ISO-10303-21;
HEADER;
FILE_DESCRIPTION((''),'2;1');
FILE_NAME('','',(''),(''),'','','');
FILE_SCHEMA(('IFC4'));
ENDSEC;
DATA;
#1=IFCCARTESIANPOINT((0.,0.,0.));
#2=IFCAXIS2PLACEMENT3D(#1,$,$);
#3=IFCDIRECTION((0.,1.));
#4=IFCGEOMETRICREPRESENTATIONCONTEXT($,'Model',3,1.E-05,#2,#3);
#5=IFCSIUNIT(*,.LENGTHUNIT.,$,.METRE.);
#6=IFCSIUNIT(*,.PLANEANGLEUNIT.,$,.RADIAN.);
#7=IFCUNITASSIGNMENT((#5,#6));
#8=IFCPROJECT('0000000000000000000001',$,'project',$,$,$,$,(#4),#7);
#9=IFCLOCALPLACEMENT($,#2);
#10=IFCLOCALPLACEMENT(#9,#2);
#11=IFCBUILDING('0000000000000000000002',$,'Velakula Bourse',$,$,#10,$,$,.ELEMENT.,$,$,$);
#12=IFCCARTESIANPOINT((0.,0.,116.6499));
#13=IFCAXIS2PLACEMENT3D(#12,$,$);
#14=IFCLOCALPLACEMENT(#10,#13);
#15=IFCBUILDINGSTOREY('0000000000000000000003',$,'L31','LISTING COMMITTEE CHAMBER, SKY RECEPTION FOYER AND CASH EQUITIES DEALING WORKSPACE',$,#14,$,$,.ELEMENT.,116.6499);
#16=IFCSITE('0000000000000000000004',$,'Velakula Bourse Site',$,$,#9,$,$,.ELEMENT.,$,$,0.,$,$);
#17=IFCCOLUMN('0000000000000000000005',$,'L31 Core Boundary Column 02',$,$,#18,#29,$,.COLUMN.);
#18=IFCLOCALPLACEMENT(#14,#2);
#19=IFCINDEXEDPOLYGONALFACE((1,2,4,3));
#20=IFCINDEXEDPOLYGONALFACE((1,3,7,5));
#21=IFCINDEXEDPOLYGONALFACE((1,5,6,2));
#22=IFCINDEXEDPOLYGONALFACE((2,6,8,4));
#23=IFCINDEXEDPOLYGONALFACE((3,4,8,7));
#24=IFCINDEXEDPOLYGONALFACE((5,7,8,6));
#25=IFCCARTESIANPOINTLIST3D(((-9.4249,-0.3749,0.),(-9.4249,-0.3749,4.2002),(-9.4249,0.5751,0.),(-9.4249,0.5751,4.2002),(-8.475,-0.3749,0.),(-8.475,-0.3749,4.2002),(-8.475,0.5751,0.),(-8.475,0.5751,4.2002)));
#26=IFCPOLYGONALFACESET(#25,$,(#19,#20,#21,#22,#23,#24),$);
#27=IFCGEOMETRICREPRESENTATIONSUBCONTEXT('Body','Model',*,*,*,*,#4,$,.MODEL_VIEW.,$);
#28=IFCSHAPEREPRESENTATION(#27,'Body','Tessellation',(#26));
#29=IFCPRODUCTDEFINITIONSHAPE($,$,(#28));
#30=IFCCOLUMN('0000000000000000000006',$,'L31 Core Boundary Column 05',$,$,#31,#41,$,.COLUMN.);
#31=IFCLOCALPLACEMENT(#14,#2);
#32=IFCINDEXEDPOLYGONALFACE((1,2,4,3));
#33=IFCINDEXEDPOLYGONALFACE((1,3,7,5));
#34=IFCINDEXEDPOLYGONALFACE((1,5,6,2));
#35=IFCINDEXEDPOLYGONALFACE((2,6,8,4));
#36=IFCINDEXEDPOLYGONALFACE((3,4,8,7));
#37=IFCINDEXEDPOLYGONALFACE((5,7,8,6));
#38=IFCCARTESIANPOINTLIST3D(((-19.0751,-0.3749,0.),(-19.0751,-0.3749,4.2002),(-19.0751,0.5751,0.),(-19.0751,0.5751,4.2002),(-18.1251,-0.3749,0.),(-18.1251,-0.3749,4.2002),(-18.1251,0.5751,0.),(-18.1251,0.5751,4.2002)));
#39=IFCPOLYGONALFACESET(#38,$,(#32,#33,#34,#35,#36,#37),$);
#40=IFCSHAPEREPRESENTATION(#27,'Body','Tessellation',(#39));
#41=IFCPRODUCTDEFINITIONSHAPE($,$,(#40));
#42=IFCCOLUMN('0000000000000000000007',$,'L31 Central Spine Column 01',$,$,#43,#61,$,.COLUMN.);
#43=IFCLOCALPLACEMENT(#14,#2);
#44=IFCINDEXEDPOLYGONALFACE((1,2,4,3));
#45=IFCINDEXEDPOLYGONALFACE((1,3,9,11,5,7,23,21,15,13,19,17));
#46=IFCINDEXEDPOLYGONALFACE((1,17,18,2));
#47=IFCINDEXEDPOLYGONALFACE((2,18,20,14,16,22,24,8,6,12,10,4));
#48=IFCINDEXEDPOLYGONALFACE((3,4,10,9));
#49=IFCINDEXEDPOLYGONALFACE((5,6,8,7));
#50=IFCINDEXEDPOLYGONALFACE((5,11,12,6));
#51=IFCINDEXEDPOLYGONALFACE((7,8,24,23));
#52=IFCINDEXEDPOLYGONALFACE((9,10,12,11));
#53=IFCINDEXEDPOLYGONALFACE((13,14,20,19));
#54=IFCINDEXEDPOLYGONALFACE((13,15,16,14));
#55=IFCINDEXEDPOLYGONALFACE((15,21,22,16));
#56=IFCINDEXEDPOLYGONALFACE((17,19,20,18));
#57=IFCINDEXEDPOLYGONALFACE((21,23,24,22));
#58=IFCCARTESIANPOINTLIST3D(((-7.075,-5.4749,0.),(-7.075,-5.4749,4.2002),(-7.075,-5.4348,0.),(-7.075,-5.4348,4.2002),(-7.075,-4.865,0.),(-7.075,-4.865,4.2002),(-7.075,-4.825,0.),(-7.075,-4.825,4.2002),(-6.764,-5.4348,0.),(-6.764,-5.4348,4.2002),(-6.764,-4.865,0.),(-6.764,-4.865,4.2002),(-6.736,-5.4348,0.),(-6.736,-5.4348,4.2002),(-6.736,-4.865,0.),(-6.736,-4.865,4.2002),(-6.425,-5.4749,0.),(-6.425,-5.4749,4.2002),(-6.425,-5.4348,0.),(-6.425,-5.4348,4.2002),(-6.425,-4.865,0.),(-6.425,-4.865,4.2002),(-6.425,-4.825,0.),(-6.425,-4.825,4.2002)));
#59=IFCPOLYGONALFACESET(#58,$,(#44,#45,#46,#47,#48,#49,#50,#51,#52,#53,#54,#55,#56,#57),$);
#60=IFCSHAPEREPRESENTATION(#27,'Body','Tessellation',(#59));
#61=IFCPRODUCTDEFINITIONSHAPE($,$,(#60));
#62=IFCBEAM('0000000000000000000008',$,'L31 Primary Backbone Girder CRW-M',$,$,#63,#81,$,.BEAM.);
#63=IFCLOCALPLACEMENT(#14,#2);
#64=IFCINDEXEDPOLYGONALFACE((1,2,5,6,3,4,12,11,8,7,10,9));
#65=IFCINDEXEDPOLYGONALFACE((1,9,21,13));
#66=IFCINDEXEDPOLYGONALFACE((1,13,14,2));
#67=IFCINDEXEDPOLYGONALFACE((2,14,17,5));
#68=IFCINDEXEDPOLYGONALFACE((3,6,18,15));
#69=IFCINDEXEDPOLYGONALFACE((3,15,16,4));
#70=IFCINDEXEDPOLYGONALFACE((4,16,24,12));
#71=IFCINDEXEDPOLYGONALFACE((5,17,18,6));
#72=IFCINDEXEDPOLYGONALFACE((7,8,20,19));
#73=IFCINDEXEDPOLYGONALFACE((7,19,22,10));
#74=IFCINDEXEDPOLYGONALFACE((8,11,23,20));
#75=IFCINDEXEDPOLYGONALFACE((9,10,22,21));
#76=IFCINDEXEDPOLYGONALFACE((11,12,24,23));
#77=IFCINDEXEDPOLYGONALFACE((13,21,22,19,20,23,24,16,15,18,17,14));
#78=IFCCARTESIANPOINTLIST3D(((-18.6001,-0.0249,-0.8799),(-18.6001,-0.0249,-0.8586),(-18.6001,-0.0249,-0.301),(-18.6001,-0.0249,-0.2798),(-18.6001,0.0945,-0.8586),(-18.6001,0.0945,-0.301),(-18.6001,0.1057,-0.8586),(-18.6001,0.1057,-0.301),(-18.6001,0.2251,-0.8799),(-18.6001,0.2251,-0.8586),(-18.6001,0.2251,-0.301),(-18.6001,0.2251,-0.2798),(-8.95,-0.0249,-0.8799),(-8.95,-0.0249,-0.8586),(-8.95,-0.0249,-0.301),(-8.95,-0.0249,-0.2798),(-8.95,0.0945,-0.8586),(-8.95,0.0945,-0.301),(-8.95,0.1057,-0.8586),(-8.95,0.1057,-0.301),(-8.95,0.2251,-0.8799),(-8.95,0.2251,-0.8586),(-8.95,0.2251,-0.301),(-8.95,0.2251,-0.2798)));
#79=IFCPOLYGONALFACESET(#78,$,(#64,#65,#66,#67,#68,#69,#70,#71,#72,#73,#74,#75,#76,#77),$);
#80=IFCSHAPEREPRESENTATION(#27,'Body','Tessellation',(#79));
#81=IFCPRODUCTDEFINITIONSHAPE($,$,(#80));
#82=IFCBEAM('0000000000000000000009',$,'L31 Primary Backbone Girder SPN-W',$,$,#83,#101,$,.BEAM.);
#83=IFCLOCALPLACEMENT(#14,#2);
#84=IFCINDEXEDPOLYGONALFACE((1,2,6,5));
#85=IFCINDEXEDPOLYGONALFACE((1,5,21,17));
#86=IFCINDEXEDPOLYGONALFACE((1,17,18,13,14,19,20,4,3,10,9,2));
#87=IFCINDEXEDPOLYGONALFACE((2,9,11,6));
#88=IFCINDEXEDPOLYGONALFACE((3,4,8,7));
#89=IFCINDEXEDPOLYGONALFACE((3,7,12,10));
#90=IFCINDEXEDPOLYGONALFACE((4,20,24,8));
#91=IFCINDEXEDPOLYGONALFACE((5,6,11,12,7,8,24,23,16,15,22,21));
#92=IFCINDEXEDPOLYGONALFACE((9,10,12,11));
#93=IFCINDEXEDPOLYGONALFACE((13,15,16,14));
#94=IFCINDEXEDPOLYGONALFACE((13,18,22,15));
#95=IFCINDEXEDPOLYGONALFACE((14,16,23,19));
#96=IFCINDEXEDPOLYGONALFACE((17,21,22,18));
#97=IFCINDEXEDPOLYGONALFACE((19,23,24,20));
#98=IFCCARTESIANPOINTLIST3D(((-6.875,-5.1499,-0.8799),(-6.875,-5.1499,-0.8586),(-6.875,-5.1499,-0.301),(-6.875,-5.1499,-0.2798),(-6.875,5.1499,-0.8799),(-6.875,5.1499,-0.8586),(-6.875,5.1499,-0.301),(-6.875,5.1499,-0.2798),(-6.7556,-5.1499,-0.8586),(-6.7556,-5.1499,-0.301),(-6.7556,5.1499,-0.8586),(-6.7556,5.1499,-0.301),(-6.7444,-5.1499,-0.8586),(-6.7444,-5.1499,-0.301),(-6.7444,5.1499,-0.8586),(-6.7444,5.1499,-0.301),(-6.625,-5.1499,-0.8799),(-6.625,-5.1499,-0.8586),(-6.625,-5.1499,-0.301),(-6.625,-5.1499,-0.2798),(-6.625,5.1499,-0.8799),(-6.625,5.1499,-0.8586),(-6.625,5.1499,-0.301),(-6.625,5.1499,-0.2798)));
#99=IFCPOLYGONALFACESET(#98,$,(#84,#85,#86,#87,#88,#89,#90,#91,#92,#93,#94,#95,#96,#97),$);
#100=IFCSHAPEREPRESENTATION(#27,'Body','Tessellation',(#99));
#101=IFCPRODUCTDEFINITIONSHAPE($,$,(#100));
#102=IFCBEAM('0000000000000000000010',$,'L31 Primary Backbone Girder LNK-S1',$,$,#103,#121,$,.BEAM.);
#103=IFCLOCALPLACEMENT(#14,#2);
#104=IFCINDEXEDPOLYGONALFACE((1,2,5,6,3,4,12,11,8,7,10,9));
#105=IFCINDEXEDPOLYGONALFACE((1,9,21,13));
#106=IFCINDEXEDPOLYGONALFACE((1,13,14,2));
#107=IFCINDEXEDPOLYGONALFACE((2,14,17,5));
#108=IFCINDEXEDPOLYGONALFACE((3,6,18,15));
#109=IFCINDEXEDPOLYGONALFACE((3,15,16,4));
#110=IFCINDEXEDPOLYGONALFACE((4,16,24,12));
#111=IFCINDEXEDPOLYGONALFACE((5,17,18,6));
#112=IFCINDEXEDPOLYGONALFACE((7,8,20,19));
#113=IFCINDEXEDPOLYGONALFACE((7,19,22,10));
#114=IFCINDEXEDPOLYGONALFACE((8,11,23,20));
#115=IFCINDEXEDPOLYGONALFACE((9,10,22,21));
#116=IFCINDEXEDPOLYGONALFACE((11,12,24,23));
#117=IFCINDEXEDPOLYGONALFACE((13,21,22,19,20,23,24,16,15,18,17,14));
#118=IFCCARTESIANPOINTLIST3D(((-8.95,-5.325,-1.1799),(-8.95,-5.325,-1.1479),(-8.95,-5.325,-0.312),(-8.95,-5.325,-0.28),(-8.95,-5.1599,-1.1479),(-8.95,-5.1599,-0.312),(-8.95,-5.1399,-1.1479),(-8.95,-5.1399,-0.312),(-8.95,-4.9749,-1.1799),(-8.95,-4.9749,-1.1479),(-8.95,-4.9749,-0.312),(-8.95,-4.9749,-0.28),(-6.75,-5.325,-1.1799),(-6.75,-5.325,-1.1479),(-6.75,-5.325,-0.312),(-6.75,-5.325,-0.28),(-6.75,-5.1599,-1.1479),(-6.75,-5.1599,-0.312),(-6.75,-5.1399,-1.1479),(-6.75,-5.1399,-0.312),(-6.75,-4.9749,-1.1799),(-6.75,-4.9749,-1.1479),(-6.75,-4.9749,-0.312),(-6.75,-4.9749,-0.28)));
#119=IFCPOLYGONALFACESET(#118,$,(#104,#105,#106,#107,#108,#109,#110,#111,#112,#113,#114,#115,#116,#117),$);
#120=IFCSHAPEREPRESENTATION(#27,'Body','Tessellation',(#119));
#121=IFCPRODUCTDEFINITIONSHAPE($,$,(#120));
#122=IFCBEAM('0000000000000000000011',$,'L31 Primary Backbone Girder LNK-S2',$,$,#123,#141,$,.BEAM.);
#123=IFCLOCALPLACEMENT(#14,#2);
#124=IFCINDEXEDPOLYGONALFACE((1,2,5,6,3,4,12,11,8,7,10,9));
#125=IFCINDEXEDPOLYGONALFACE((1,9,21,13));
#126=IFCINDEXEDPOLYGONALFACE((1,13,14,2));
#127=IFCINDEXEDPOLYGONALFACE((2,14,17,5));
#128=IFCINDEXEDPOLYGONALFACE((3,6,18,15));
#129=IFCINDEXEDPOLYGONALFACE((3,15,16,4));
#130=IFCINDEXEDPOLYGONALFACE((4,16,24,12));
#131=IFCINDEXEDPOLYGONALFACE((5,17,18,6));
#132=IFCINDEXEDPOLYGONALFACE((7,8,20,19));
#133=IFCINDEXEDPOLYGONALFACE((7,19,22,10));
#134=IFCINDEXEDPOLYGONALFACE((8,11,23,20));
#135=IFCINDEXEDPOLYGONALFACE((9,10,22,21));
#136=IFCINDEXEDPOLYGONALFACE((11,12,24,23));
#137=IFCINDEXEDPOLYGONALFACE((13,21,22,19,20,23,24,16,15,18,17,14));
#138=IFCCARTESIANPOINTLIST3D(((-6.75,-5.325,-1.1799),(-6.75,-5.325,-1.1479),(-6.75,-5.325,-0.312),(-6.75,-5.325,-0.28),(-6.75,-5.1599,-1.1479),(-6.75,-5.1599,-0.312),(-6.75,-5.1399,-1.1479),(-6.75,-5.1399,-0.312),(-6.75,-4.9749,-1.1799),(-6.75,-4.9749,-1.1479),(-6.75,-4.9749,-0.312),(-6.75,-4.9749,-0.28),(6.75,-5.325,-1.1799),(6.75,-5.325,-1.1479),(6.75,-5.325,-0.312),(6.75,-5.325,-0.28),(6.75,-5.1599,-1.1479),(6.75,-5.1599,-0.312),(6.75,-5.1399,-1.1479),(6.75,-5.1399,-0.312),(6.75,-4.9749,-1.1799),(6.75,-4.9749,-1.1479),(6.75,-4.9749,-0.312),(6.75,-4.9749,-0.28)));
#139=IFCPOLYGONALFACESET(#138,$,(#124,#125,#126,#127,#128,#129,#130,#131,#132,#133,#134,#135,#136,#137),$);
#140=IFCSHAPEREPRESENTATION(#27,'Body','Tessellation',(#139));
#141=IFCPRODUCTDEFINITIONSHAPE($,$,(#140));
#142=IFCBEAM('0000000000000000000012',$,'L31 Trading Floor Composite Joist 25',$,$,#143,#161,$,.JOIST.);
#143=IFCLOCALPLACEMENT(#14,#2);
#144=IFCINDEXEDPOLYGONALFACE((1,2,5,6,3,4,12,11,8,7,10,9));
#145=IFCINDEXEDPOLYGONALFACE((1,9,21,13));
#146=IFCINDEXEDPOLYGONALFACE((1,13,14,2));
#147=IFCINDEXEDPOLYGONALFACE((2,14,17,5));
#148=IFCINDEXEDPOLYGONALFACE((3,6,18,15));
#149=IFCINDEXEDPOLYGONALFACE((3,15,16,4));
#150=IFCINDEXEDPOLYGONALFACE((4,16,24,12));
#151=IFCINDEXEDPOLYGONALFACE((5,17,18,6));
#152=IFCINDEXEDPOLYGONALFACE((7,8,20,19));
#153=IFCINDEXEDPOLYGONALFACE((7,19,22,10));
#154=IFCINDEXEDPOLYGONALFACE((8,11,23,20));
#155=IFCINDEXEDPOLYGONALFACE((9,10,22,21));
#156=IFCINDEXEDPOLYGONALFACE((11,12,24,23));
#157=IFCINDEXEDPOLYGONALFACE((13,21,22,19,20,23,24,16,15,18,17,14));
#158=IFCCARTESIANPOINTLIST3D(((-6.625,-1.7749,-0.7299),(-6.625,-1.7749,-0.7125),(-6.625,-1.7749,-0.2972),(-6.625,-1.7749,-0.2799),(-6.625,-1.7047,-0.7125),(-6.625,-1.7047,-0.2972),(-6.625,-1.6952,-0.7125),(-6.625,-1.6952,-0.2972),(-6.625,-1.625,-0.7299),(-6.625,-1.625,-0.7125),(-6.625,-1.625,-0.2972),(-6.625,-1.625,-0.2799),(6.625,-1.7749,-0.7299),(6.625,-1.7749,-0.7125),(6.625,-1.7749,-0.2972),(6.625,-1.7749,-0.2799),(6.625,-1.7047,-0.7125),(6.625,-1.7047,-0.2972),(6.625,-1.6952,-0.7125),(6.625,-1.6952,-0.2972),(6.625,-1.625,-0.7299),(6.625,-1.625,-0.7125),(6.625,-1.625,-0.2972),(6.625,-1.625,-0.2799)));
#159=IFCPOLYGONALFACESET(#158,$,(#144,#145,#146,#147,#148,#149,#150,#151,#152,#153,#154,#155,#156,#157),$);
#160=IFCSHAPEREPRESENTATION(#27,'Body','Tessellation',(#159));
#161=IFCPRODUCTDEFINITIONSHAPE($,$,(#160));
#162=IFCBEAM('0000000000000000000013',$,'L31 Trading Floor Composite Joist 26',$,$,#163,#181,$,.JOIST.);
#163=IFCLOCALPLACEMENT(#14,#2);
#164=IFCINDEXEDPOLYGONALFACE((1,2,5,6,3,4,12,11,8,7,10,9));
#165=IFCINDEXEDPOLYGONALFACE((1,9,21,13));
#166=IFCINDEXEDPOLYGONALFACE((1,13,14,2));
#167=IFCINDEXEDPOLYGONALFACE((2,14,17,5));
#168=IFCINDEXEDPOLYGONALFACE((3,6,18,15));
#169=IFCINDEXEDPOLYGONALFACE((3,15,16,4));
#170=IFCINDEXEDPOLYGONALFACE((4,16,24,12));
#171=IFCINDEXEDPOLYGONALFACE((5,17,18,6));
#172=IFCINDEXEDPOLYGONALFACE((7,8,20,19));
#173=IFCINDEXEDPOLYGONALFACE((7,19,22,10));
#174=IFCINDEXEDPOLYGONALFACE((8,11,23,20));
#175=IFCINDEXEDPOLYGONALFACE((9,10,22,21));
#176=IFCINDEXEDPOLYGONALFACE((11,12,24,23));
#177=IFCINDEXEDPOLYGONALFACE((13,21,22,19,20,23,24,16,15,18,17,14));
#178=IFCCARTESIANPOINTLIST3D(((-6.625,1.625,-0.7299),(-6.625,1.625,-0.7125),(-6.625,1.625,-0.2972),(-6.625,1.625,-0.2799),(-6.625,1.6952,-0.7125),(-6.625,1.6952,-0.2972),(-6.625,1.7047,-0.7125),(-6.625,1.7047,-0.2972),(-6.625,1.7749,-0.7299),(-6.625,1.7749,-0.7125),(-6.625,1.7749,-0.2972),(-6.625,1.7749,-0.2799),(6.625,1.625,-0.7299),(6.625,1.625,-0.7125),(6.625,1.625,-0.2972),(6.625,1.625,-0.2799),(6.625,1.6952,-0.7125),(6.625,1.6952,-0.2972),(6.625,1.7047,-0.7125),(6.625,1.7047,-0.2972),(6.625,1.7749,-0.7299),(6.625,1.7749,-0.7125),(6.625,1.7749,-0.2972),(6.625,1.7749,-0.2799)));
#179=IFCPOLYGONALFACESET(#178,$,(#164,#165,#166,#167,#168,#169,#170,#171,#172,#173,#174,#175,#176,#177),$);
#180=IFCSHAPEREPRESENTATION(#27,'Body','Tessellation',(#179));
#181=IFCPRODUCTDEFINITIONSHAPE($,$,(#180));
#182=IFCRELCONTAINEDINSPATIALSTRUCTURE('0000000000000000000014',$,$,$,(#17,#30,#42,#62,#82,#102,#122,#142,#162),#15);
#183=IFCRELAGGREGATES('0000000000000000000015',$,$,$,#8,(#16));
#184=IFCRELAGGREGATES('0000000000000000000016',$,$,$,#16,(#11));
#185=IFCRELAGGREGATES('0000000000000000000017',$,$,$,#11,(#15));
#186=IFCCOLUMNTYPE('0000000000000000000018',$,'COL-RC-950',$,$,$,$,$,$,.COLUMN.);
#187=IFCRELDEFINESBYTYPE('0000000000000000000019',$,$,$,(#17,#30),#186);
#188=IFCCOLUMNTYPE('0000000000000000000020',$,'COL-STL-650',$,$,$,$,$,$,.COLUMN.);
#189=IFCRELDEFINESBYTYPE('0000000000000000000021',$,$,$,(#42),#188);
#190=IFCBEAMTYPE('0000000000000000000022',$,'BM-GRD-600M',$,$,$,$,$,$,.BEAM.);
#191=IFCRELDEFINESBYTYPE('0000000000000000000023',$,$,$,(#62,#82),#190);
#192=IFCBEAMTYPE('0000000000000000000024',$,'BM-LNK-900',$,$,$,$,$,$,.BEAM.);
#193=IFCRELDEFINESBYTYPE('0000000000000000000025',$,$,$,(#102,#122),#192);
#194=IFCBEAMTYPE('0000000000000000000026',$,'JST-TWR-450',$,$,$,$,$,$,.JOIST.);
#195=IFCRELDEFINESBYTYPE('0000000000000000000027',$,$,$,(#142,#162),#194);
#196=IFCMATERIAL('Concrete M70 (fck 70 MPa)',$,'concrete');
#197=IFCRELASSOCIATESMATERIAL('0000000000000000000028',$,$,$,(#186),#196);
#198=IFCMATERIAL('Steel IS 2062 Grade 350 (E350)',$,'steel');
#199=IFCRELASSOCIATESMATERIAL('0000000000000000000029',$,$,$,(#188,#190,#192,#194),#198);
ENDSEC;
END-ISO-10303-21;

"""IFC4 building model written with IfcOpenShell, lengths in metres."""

from ifc_helpers import new_model, si_unit, direction, frame, origin, origin_2d, place, context, subcontext, project, spatial, rectangle, i_section, extrude, material, material_profile, profile_set, type_object, element, save


model = new_model("IFC4")

# Units and contexts
model_context = context("Model", 3, precision=1e-05, world=origin(), true_north=direction((0.0, 1.0)))
body_context = subcontext(model_context, "Body", "Model", "MODEL_VIEW")
ifc_project = project(units=[si_unit("LENGTHUNIT", "METRE"), si_unit("PLANEANGLEUNIT", "RADIAN")], contexts=[model_context])

# Site, building, storey
site_placement = place(None, origin())
site = spatial("IfcSite", under=ifc_project, at=site_placement, Name="Velakula Bourse Site", CompositionType="ELEMENT", RefElevation=0.0)
building_placement = place(site_placement, origin())
building = spatial("IfcBuilding", under=site, at=building_placement, Name="Velakula Bourse", CompositionType="ELEMENT")
storey_placement = place(building_placement, frame((0.0, 0.0, 116.6499)))
storey = spatial("IfcBuildingStorey", under=building, at=storey_placement, Name="L31", Description="LISTING COMMITTEE CHAMBER, SKY RECEPTION FOYER AND CASH EQUITIES DEALING WORKSPACE", CompositionType="ELEMENT", Elevation=116.6499)

# Columns
ifc_material_1 = material(Name="Concrete M70 (fck 70 MPa)", Category="concrete")
ifc_material_profile_1 = material_profile(ifc_material_1, rectangle(XDim=0.95, YDim=0.95, at=origin_2d()), Name="Concrete M70 (fck 70 MPa)")
ifc_profile_set_1 = profile_set([ifc_material_profile_1], Name="Concrete M70 (fck 70 MPa)")
column_type_1 = type_object("IfcColumnType", Name="COL-RC-950", PredefinedType="COLUMN", material=ifc_profile_set_1)
for number, where, z_axis, x_axis, name in (
    (1, (-8.95, 0.1001, 0.0), (0.0, 0.0, 1.0), (1.0, 0.0, 0.0), "L31 Core Boundary Column 02"),
    (2, (-18.6001, 0.1001, 0.0), (0.0, 0.0, 1.0), (1.0, 0.0, 0.0), "L31 Core Boundary Column 05"),
):
    element("IfcColumn", number, at=place(storey_placement, frame(where, z_axis=z_axis, x_axis=x_axis)), inside=storey, type_object=column_type_1, Name=name, PredefinedType="COLUMN", context=body_context, shape_type="SweptSolid", body=[
        extrude(rectangle(XDim=0.95, YDim=0.95, at=origin_2d()), origin(), (0.0, 0.0, 1.0), 4.2002),
    ])
ifc_material_2 = material(Name="Steel IS 2062 Grade 350 (E350)", Category="steel")
ifc_material_profile_2 = material_profile(ifc_material_2, i_section(OverallWidth=0.6499, OverallDepth=0.6499, WebThickness=0.0281, FlangeThickness=0.04, at=origin_2d()), Name="Steel IS 2062 Grade 350 (E350)")
ifc_profile_set_2 = profile_set([ifc_material_profile_2], Name="Steel IS 2062 Grade 350 (E350)")
column_type_2 = type_object("IfcColumnType", Name="COL-STL-650", PredefinedType="COLUMN", material=ifc_profile_set_2)
column_placement = place(storey_placement, frame((-6.75, -5.1499, 0.0), z_axis=(0.0, 0.0, 1.0), x_axis=(1.0, 0.0, 0.0)))
element("IfcColumn", 3, at=column_placement, inside=storey, type_object=column_type_2, Name="L31 Central Spine Column 01", PredefinedType="COLUMN", context=body_context, shape_type="SweptSolid", body=[
    extrude(i_section(OverallWidth=0.6499, OverallDepth=0.6499, WebThickness=0.0281, FlangeThickness=0.04, at=origin_2d()), origin(), (0.0, 0.0, 1.0), 4.2002),
])

# Beams
ifc_material_profile_3 = material_profile(ifc_material_2, i_section(OverallWidth=0.25, OverallDepth=0.6001, WebThickness=0.0112, FlangeThickness=0.0212, at=origin_2d()), Name="Steel IS 2062 Grade 350 (E350)")
ifc_profile_set_3 = profile_set([ifc_material_profile_3], Name="Steel IS 2062 Grade 350 (E350)")
beam_type_1 = type_object("IfcBeamType", Name="BM-GRD-600M", PredefinedType="BEAM", material=ifc_profile_set_3)
beam_1_placement = place(storey_placement, frame((-18.6001, 0.1001, -0.5798), z_axis=(1.0, 0.0, 0.0), x_axis=(0.0, 1.0, 0.0)))
element("IfcBeam", 4, at=beam_1_placement, inside=storey, type_object=beam_type_1, Name="L31 Primary Backbone Girder CRW-M", PredefinedType="BEAM", context=body_context, shape_type="SweptSolid", body=[
    extrude(i_section(OverallWidth=0.25, OverallDepth=0.6001, WebThickness=0.0112, FlangeThickness=0.0212, at=origin_2d()), origin(), (0.0, 0.0, 1.0), 9.6501),
])
beam_2_placement = place(storey_placement, frame((-6.75, -5.1499, -0.5798), z_axis=(0.0, 1.0, 0.0), x_axis=(-1.0, 0.0, 0.0)))
element("IfcBeam", 5, at=beam_2_placement, inside=storey, type_object=beam_type_1, Name="L31 Primary Backbone Girder SPN-W", PredefinedType="BEAM", context=body_context, shape_type="SweptSolid", body=[
    extrude(i_section(OverallWidth=0.25, OverallDepth=0.6001, WebThickness=0.0112, FlangeThickness=0.0212, at=origin_2d()), origin(), (0.0, 0.0, 1.0), 10.2998),
])
ifc_material_profile_4 = material_profile(ifc_material_2, i_section(OverallWidth=0.3501, OverallDepth=0.8999, WebThickness=0.02, FlangeThickness=0.032, at=origin_2d()), Name="Steel IS 2062 Grade 350 (E350)")
ifc_profile_set_4 = profile_set([ifc_material_profile_4], Name="Steel IS 2062 Grade 350 (E350)")
beam_type_2 = type_object("IfcBeamType", Name="BM-LNK-900", PredefinedType="BEAM", material=ifc_profile_set_4)
beam_3_placement = place(storey_placement, frame((-8.95, -5.1499, -0.73), z_axis=(1.0, 0.0, 0.0), x_axis=(0.0, 1.0, 0.0)))
element("IfcBeam", 6, at=beam_3_placement, inside=storey, type_object=beam_type_2, Name="L31 Primary Backbone Girder LNK-S1", PredefinedType="BEAM", context=body_context, shape_type="SweptSolid", body=[
    extrude(i_section(OverallWidth=0.3501, OverallDepth=0.8999, WebThickness=0.02, FlangeThickness=0.032, at=origin_2d()), origin(), (0.0, 0.0, 1.0), 2.2),
])
beam_4_placement = place(storey_placement, frame((-6.75, -5.1499, -0.73), z_axis=(1.0, 0.0, 0.0), x_axis=(0.0, 1.0, 0.0)))
element("IfcBeam", 7, at=beam_4_placement, inside=storey, type_object=beam_type_2, Name="L31 Primary Backbone Girder LNK-S2", PredefinedType="BEAM", context=body_context, shape_type="SweptSolid", body=[
    extrude(i_section(OverallWidth=0.3501, OverallDepth=0.8999, WebThickness=0.02, FlangeThickness=0.032, at=origin_2d()), origin(), (0.0, 0.0, 1.0), 13.5),
])
ifc_material_profile_5 = material_profile(ifc_material_2, i_section(OverallWidth=0.1499, OverallDepth=0.45, WebThickness=0.0095, FlangeThickness=0.0173, at=origin_2d()), Name="Steel IS 2062 Grade 350 (E350)")
ifc_profile_set_5 = profile_set([ifc_material_profile_5], Name="Steel IS 2062 Grade 350 (E350)")
beam_type_3 = type_object("IfcBeamType", Name="JST-TWR-450", PredefinedType="JOIST", material=ifc_profile_set_5)
for number, where, z_axis, x_axis, name in (
    (8, (-6.625, -1.7, -0.5049), (1.0, 0.0, 0.0), (0.0, 1.0, 0.0), "L31 Trading Floor Composite Joist 25"),
    (9, (-6.625, 1.7, -0.5049), (1.0, 0.0, 0.0), (0.0, 1.0, 0.0), "L31 Trading Floor Composite Joist 26"),
):
    element("IfcBeam", number, at=place(storey_placement, frame(where, z_axis=z_axis, x_axis=x_axis)), inside=storey, type_object=beam_type_3, Name=name, PredefinedType="JOIST", context=body_context, shape_type="SweptSolid", body=[
        extrude(i_section(OverallWidth=0.1499, OverallDepth=0.45, WebThickness=0.0095, FlangeThickness=0.0173, at=origin_2d()), origin(), (0.0, 0.0, 1.0), 13.25),
    ])

save(model, "model.ifc")
